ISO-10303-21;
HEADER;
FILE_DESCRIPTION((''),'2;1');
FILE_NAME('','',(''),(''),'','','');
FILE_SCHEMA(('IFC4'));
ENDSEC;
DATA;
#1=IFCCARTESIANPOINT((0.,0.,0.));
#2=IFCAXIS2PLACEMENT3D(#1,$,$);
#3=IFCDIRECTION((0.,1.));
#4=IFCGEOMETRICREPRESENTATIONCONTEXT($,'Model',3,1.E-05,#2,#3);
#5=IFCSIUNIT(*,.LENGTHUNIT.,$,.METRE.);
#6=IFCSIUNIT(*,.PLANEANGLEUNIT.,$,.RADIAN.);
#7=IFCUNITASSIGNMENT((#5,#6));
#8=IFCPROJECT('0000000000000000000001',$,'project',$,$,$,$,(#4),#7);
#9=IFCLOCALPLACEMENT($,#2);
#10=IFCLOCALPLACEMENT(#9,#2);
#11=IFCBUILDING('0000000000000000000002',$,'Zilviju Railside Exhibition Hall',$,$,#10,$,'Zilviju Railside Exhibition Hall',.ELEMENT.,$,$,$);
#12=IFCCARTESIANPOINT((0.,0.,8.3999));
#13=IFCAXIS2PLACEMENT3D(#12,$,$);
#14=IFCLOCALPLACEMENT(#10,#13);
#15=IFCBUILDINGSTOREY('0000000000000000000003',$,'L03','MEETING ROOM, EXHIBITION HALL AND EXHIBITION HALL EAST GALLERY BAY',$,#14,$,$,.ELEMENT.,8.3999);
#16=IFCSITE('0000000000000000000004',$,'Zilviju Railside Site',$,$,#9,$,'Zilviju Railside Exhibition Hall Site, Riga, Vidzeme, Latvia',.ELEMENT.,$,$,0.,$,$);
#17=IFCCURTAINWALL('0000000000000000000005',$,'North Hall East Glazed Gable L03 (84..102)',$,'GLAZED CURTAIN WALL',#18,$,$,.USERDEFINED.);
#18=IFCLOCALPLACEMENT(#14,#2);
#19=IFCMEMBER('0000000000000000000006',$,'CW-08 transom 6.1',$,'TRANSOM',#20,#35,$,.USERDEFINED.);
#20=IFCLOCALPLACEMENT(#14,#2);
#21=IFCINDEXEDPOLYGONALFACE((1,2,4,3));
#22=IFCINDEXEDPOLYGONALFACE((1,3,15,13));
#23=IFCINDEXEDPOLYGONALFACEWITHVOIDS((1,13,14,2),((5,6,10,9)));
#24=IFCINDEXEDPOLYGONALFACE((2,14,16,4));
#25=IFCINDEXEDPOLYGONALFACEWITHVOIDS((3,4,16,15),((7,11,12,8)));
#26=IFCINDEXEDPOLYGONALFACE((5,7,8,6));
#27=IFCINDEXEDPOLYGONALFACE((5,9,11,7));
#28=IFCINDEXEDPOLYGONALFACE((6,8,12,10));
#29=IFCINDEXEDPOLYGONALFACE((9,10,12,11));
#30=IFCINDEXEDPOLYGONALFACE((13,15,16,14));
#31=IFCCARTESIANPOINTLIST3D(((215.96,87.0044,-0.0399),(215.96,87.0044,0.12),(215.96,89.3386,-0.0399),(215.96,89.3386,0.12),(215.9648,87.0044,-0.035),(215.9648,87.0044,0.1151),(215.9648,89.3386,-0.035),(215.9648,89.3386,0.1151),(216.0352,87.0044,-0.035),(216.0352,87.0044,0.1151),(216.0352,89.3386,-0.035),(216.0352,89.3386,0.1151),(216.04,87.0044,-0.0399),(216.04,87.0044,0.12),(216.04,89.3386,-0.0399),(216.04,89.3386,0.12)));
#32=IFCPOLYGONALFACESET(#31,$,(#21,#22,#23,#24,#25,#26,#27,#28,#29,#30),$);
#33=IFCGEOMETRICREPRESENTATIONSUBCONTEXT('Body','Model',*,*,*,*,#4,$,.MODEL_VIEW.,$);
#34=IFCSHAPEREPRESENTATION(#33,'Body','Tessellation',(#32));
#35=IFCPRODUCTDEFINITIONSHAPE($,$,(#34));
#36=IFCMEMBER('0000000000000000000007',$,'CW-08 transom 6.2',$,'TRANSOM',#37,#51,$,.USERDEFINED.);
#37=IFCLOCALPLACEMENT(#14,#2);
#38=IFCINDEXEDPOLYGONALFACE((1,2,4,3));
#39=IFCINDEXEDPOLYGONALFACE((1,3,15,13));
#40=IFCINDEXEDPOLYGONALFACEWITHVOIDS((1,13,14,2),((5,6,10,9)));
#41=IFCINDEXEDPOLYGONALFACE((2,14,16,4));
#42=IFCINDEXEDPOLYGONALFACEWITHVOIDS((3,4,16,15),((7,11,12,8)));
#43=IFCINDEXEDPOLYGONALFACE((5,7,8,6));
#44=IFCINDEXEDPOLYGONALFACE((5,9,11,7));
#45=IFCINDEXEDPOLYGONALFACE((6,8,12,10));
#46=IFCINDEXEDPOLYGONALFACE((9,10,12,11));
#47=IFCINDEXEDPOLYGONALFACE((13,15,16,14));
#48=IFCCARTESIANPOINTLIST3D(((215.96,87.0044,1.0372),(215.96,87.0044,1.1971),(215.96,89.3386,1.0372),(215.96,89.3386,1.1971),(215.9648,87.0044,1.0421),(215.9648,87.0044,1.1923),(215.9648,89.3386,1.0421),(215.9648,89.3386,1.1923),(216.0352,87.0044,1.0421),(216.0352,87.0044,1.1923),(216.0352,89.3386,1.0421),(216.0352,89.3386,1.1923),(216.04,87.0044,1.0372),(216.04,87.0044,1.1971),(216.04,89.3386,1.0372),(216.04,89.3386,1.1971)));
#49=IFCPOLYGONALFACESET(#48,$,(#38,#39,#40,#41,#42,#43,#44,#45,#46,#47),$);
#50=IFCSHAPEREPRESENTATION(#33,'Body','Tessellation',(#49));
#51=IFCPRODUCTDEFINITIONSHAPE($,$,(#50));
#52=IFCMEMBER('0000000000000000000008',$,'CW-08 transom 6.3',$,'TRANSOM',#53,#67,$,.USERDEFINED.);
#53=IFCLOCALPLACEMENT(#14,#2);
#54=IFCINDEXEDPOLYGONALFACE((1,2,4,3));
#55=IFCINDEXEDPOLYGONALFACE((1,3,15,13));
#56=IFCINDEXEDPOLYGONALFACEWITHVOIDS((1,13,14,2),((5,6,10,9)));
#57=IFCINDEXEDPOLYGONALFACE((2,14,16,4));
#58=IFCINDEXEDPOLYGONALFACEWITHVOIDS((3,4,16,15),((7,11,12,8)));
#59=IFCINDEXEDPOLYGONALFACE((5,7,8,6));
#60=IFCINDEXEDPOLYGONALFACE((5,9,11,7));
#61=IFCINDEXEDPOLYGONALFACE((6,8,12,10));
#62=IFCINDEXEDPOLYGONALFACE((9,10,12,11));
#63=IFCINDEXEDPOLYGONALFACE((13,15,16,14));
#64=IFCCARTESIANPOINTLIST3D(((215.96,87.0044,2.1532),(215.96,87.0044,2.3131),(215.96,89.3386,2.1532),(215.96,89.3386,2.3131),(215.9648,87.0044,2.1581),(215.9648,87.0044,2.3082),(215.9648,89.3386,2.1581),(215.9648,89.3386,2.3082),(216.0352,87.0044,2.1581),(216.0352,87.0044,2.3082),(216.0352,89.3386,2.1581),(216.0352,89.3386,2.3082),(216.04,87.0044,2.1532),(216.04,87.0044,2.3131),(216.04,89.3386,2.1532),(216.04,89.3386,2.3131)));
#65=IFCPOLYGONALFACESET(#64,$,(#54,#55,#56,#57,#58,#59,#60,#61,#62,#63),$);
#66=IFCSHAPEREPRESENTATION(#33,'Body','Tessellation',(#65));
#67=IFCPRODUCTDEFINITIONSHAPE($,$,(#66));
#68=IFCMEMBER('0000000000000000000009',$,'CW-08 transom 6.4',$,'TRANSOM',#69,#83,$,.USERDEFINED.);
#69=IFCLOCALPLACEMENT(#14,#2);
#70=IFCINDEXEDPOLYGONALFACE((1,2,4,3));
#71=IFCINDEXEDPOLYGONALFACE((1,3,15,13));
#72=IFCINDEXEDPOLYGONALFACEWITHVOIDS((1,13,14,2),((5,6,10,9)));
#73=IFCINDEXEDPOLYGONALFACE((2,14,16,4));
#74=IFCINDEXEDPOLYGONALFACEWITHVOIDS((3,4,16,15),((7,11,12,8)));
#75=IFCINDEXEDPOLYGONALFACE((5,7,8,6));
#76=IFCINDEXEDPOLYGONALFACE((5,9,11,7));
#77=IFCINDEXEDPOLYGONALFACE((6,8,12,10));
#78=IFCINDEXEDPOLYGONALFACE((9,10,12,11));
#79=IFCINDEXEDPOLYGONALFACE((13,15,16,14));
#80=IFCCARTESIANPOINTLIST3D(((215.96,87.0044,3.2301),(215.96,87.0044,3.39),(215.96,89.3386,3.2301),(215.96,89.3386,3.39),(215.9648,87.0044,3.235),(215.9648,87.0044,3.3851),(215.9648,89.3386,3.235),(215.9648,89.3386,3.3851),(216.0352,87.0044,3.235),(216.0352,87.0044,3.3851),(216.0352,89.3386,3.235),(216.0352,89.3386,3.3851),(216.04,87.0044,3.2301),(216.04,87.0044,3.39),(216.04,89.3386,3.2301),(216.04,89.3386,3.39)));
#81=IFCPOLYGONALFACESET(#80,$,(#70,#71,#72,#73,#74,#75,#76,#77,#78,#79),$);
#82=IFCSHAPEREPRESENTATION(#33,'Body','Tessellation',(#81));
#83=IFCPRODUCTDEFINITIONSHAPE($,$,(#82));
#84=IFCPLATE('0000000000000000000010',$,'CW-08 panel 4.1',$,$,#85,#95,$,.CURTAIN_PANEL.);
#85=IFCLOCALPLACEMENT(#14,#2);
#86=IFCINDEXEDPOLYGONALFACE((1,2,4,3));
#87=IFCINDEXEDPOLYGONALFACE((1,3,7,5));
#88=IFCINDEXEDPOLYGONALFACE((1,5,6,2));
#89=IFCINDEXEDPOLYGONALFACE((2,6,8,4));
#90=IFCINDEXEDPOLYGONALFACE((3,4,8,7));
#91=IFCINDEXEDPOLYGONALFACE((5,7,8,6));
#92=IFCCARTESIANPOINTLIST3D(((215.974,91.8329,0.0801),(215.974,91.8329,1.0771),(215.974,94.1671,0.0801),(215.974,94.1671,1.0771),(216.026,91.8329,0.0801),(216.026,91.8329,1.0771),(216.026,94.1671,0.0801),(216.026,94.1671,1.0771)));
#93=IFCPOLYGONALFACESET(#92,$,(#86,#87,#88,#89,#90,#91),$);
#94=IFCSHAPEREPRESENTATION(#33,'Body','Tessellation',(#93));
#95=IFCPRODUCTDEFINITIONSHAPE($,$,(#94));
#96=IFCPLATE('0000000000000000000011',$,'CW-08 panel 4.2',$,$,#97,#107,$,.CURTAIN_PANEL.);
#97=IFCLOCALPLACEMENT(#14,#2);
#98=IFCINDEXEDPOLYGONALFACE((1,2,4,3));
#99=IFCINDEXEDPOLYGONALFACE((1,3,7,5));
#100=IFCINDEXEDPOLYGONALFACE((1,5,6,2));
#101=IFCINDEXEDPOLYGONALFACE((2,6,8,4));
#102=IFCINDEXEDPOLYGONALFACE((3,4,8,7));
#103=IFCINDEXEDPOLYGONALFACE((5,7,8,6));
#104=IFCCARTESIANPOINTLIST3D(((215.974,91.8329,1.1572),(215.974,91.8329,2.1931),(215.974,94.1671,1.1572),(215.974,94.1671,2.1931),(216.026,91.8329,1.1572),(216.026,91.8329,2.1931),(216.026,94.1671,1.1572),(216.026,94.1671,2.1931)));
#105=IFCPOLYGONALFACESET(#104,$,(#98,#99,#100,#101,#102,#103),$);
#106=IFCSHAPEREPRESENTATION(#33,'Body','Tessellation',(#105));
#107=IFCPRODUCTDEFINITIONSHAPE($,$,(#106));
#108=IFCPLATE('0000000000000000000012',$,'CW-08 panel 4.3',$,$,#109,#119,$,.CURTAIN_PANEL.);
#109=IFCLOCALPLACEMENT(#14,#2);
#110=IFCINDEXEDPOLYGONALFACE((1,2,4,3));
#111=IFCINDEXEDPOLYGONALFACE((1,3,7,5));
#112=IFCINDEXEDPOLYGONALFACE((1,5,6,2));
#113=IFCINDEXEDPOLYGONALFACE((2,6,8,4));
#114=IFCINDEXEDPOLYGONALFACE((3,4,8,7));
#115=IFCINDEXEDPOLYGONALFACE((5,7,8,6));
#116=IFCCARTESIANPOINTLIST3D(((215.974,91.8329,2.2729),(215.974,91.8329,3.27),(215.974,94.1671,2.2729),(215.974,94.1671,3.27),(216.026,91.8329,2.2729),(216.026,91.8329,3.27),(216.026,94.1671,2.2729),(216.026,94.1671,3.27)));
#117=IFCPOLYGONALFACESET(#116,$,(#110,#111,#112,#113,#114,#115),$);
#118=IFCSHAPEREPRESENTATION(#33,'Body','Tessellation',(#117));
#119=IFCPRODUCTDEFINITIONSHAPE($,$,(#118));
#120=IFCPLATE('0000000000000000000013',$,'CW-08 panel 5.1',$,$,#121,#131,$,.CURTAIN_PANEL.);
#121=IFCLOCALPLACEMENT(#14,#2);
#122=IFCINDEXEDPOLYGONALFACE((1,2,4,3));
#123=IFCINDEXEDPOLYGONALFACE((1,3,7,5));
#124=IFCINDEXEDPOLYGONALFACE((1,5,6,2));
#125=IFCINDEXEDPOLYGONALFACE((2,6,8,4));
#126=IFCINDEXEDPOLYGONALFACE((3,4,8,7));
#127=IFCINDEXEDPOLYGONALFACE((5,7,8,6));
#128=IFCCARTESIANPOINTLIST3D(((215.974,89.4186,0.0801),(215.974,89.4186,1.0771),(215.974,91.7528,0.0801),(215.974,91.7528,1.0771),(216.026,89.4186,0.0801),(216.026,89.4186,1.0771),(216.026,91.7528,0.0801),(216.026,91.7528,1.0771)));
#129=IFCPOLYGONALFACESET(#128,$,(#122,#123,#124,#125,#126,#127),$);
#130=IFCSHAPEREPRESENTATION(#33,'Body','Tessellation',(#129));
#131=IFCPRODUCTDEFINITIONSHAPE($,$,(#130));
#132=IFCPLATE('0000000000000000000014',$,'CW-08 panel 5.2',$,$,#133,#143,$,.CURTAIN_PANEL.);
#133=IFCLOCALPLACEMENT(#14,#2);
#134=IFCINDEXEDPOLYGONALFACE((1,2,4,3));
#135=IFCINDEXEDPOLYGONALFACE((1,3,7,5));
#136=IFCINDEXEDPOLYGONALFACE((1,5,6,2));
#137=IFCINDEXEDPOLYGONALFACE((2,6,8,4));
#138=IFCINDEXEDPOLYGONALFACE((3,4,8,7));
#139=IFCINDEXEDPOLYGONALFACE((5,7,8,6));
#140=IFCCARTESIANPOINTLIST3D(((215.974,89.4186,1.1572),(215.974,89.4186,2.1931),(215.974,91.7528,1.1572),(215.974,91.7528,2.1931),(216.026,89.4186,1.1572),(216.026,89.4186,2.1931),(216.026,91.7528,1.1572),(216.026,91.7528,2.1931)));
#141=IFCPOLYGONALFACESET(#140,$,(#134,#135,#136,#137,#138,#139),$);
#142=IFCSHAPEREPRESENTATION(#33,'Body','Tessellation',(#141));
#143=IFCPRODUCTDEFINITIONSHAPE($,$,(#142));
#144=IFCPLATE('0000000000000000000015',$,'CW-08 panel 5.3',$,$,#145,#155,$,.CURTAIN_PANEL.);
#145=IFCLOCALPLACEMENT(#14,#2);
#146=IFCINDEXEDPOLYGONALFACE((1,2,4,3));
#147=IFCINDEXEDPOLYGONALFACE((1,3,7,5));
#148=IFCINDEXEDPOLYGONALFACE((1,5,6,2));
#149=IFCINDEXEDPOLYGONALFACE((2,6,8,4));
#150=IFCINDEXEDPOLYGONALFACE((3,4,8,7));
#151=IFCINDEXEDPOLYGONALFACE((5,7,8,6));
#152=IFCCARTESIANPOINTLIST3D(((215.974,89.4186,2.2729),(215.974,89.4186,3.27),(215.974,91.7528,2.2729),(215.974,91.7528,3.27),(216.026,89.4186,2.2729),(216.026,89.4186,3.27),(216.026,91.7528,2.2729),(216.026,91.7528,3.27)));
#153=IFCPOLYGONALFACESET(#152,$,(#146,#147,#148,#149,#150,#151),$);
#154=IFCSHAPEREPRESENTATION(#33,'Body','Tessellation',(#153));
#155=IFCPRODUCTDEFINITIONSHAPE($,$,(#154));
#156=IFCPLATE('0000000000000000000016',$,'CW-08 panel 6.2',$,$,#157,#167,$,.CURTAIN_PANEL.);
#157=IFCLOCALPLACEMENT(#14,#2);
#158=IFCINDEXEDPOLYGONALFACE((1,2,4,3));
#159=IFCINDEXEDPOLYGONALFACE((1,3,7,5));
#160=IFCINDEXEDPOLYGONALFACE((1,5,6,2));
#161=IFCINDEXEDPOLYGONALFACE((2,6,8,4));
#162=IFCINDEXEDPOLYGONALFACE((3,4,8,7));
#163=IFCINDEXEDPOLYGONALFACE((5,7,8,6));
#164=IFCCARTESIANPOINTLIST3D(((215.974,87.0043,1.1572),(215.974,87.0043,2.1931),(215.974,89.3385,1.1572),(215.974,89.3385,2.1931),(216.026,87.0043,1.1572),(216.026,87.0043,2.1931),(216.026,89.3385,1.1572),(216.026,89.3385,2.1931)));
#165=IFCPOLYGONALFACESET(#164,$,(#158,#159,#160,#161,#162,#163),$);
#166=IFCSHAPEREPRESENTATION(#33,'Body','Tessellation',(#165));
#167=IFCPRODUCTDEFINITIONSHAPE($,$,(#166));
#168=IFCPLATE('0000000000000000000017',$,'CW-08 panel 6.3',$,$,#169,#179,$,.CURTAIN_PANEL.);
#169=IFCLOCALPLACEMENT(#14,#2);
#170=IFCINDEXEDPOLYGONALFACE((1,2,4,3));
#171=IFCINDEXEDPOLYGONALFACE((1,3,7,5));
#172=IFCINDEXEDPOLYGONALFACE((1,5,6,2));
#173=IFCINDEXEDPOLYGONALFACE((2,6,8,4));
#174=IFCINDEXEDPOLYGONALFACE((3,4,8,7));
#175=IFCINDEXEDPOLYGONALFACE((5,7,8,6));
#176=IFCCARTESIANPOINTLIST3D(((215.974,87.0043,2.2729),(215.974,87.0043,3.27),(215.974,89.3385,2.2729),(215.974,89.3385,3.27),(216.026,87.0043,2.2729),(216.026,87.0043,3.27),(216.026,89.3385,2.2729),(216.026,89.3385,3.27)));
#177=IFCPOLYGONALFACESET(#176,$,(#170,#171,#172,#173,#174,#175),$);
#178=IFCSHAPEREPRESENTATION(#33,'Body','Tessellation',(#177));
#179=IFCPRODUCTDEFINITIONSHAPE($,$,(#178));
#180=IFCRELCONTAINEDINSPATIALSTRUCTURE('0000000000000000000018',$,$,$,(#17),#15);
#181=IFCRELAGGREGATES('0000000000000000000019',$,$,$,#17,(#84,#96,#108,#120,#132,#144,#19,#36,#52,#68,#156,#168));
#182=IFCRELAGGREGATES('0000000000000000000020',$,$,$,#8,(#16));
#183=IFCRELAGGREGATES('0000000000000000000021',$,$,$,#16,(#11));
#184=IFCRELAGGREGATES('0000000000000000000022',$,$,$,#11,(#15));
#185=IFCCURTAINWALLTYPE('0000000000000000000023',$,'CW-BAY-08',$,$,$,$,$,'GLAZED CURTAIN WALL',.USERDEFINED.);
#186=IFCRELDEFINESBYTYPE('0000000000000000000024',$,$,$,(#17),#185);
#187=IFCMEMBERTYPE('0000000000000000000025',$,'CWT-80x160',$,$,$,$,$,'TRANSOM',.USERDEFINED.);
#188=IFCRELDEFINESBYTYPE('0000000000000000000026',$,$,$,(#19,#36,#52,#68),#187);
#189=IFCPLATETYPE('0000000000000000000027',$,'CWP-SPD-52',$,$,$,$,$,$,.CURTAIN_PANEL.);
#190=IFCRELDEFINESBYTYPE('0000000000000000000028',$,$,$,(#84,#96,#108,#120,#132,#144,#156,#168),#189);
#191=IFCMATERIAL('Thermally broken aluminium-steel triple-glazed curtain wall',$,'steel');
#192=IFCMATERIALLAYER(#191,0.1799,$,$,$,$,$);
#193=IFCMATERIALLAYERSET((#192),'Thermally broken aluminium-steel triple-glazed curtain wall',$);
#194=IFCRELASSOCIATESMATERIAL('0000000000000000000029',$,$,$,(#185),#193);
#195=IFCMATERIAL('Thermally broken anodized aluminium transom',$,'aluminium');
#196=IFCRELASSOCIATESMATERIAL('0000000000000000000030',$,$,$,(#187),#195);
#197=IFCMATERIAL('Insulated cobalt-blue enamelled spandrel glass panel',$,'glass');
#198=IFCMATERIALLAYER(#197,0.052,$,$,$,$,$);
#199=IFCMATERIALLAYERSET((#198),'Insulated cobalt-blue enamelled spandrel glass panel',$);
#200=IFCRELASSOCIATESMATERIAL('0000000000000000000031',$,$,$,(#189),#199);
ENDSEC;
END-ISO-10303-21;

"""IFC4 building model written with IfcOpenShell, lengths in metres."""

from ifc_helpers import new_model, si_unit, direction, frame, origin, origin_2d, place, context, subcontext, project, spatial, rectangle, hollow_rectangle, extrude, material, layer, layer_set, material_profile, profile_set, type_object, element, aggregate, save


model = new_model("IFC4")

# Units and contexts
model_context = context("Model", 3, precision=1e-05, world=origin(), true_north=direction((0.0, 1.0)))
body_context = subcontext(model_context, "Body", "Model", "MODEL_VIEW")
ifc_project = project(units=[si_unit("LENGTHUNIT", "METRE"), si_unit("PLANEANGLEUNIT", "RADIAN")], contexts=[model_context])

# Site, building, storey
site_placement = place(None, origin())
site = spatial("IfcSite", under=ifc_project, at=site_placement, Name="Zilviju Railside Site", LongName="Zilviju Railside Exhibition Hall Site, Riga, Vidzeme, Latvia", CompositionType="ELEMENT", RefElevation=0.0)
building_placement = place(site_placement, origin())
building = spatial("IfcBuilding", under=site, at=building_placement, Name="Zilviju Railside Exhibition Hall", LongName="Zilviju Railside Exhibition Hall", CompositionType="ELEMENT")
storey_placement = place(building_placement, frame((0.0, 0.0, 8.3999)))
storey = spatial("IfcBuildingStorey", under=building, at=storey_placement, Name="L03", Description="MEETING ROOM, EXHIBITION HALL AND EXHIBITION HALL EAST GALLERY BAY", CompositionType="ELEMENT", Elevation=8.3999)

# Curtain wall, members, plates
ifc_material_1 = material(Name="Thermally broken aluminium-steel triple-glazed curtain wall", Category="steel")
ifc_layer_1 = layer(ifc_material_1, 0.1799)
ifc_layer_set_1 = layer_set([ifc_layer_1], Name="Thermally broken aluminium-steel triple-glazed curtain wall")
curtain_wall_type = type_object("IfcCurtainWallType", Name="CW-BAY-08", ElementType="GLAZED CURTAIN WALL", PredefinedType="USERDEFINED", material=ifc_layer_set_1)
curtain_wall_placement = place(storey_placement, origin())
curtain_wall = element("IfcCurtainWall", 1, at=curtain_wall_placement, inside=storey, type_object=curtain_wall_type, Name="North Hall East Glazed Gable L03 (84..102)", ObjectType="GLAZED CURTAIN WALL", PredefinedType="USERDEFINED")
ifc_material_2 = material(Name="Thermally broken anodized aluminium transom", Category="aluminium")
ifc_material_profile_1 = material_profile(ifc_material_2, hollow_rectangle(XDim=0.0801, YDim=0.1599, WallThickness=0.0049, at=origin_2d()), Name="TRANSOM 160x80x5")
ifc_profile_set_1 = profile_set([ifc_material_profile_1], Name="Thermally broken anodized aluminium transom")
member_type_1 = type_object("IfcMemberType", Name="CWT-80x160", ElementType="TRANSOM", PredefinedType="USERDEFINED", material=ifc_profile_set_1)
member_1_placement = place(storey_placement, frame((216.0, 89.3386, 0.04), z_axis=(0.0, -1.0, 0.0), x_axis=(1.0, 0.0, 0.0)))
member_1 = element("IfcMember", 2, at=member_1_placement, type_object=member_type_1, Name="CW-08 transom 6.1", ObjectType="TRANSOM", PredefinedType="USERDEFINED", context=body_context, shape_type="SweptSolid", body=[
    extrude(hollow_rectangle(XDim=0.0801, YDim=0.1599, WallThickness=0.0049, at=origin_2d()), origin(), (0.0, 0.0, 1.0), 2.3342),
])
member_2_placement = place(storey_placement, frame((216.0, 89.3386, 1.1172), z_axis=(0.0, -1.0, 0.0), x_axis=(1.0, 0.0, 0.0)))
member_2 = element("IfcMember", 3, at=member_2_placement, type_object=member_type_1, Name="CW-08 transom 6.2", ObjectType="TRANSOM", PredefinedType="USERDEFINED", context=body_context, shape_type="SweptSolid", body=[
    extrude(hollow_rectangle(XDim=0.0801, YDim=0.1599, WallThickness=0.0049, at=origin_2d()), origin(), (0.0, 0.0, 1.0), 2.3342),
])
member_3_placement = place(storey_placement, frame((216.0, 89.3386, 2.2332), z_axis=(0.0, -1.0, 0.0), x_axis=(1.0, 0.0, 0.0)))
member_3 = element("IfcMember", 4, at=member_3_placement, type_object=member_type_1, Name="CW-08 transom 6.3", ObjectType="TRANSOM", PredefinedType="USERDEFINED", context=body_context, shape_type="SweptSolid", body=[
    extrude(hollow_rectangle(XDim=0.0801, YDim=0.1599, WallThickness=0.0049, at=origin_2d()), origin(), (0.0, 0.0, 1.0), 2.3342),
])
member_4_placement = place(storey_placement, frame((216.0, 89.3386, 3.3101), z_axis=(0.0, -1.0, 0.0), x_axis=(1.0, 0.0, 0.0)))
member_4 = element("IfcMember", 5, at=member_4_placement, type_object=member_type_1, Name="CW-08 transom 6.4", ObjectType="TRANSOM", PredefinedType="USERDEFINED", context=body_context, shape_type="SweptSolid", body=[
    extrude(hollow_rectangle(XDim=0.0801, YDim=0.1599, WallThickness=0.0049, at=origin_2d()), origin(), (0.0, 0.0, 1.0), 2.3342),
])
ifc_material_3 = material(Name="Insulated cobalt-blue enamelled spandrel glass panel", Category="glass")
ifc_layer_2 = layer(ifc_material_3, 0.052)
ifc_layer_set_2 = layer_set([ifc_layer_2], Name="Insulated cobalt-blue enamelled spandrel glass panel")
plate_type = type_object("IfcPlateType", Name="CWP-SPD-52", PredefinedType="CURTAIN_PANEL", material=ifc_layer_set_2)
plate_1_placement = place(storey_placement, frame((216.0, 93.0, 0.0801), z_axis=(0.0, 0.0, 1.0), x_axis=(0.0, -1.0, 0.0)))
plate_1 = element("IfcPlate", 6, at=plate_1_placement, type_object=plate_type, Name="CW-08 panel 4.1", PredefinedType="CURTAIN_PANEL", context=body_context, shape_type="SweptSolid", body=[
    extrude(rectangle(XDim=2.3342, YDim=0.052, at=origin_2d()), origin(), (0.0, 0.0, 1.0), 0.9971),
])
plate_2_placement = place(storey_placement, frame((216.0, 93.0, 1.1572), z_axis=(0.0, 0.0, 1.0), x_axis=(0.0, -1.0, 0.0)))
plate_2 = element("IfcPlate", 7, at=plate_2_placement, type_object=plate_type, Name="CW-08 panel 4.2", PredefinedType="CURTAIN_PANEL", context=body_context, shape_type="SweptSolid", body=[
    extrude(rectangle(XDim=2.3342, YDim=0.052, at=origin_2d()), origin(), (0.0, 0.0, 1.0), 1.0359),
])
plate_3_placement = place(storey_placement, frame((216.0, 93.0, 2.2729), z_axis=(0.0, 0.0, 1.0), x_axis=(0.0, -1.0, 0.0)))
plate_3 = element("IfcPlate", 8, at=plate_3_placement, type_object=plate_type, Name="CW-08 panel 4.3", PredefinedType="CURTAIN_PANEL", context=body_context, shape_type="SweptSolid", body=[
    extrude(rectangle(XDim=2.3342, YDim=0.052, at=origin_2d()), origin(), (0.0, 0.0, 1.0), 0.9971),
])
plate_4_placement = place(storey_placement, frame((216.0, 90.5857, 0.0801), z_axis=(0.0, 0.0, 1.0), x_axis=(0.0, -1.0, 0.0)))
plate_4 = element("IfcPlate", 9, at=plate_4_placement, type_object=plate_type, Name="CW-08 panel 5.1", PredefinedType="CURTAIN_PANEL", context=body_context, shape_type="SweptSolid", body=[
    extrude(rectangle(XDim=2.3342, YDim=0.052, at=origin_2d()), origin(), (0.0, 0.0, 1.0), 0.9971),
])
plate_5_placement = place(storey_placement, frame((216.0, 90.5857, 1.1572), z_axis=(0.0, 0.0, 1.0), x_axis=(0.0, -1.0, 0.0)))
plate_5 = element("IfcPlate", 10, at=plate_5_placement, type_object=plate_type, Name="CW-08 panel 5.2", PredefinedType="CURTAIN_PANEL", context=body_context, shape_type="SweptSolid", body=[
    extrude(rectangle(XDim=2.3342, YDim=0.052, at=origin_2d()), origin(), (0.0, 0.0, 1.0), 1.0359),
])
plate_6_placement = place(storey_placement, frame((216.0, 90.5857, 2.2729), z_axis=(0.0, 0.0, 1.0), x_axis=(0.0, -1.0, 0.0)))
plate_6 = element("IfcPlate", 11, at=plate_6_placement, type_object=plate_type, Name="CW-08 panel 5.3", PredefinedType="CURTAIN_PANEL", context=body_context, shape_type="SweptSolid", body=[
    extrude(rectangle(XDim=2.3342, YDim=0.052, at=origin_2d()), origin(), (0.0, 0.0, 1.0), 0.9971),
])
plate_7_placement = place(storey_placement, frame((216.0, 88.1714, 1.1572), z_axis=(0.0, 0.0, 1.0), x_axis=(0.0, -1.0, 0.0)))
plate_7 = element("IfcPlate", 12, at=plate_7_placement, type_object=plate_type, Name="CW-08 panel 6.2", PredefinedType="CURTAIN_PANEL", context=body_context, shape_type="SweptSolid", body=[
    extrude(rectangle(XDim=2.3342, YDim=0.052, at=origin_2d()), origin(), (0.0, 0.0, 1.0), 1.0359),
])
plate_8_placement = place(storey_placement, frame((216.0, 88.1714, 2.2729), z_axis=(0.0, 0.0, 1.0), x_axis=(0.0, -1.0, 0.0)))
plate_8 = element("IfcPlate", 13, at=plate_8_placement, type_object=plate_type, Name="CW-08 panel 6.3", PredefinedType="CURTAIN_PANEL", context=body_context, shape_type="SweptSolid", body=[
    extrude(rectangle(XDim=2.3342, YDim=0.052, at=origin_2d()), origin(), (0.0, 0.0, 1.0), 0.9971),
])
aggregate(curtain_wall, [plate_1, plate_2, plate_3, plate_4, plate_5, plate_6, member_1, member_2, member_3, member_4, plate_7, plate_8])

save(model, "model.ifc")
